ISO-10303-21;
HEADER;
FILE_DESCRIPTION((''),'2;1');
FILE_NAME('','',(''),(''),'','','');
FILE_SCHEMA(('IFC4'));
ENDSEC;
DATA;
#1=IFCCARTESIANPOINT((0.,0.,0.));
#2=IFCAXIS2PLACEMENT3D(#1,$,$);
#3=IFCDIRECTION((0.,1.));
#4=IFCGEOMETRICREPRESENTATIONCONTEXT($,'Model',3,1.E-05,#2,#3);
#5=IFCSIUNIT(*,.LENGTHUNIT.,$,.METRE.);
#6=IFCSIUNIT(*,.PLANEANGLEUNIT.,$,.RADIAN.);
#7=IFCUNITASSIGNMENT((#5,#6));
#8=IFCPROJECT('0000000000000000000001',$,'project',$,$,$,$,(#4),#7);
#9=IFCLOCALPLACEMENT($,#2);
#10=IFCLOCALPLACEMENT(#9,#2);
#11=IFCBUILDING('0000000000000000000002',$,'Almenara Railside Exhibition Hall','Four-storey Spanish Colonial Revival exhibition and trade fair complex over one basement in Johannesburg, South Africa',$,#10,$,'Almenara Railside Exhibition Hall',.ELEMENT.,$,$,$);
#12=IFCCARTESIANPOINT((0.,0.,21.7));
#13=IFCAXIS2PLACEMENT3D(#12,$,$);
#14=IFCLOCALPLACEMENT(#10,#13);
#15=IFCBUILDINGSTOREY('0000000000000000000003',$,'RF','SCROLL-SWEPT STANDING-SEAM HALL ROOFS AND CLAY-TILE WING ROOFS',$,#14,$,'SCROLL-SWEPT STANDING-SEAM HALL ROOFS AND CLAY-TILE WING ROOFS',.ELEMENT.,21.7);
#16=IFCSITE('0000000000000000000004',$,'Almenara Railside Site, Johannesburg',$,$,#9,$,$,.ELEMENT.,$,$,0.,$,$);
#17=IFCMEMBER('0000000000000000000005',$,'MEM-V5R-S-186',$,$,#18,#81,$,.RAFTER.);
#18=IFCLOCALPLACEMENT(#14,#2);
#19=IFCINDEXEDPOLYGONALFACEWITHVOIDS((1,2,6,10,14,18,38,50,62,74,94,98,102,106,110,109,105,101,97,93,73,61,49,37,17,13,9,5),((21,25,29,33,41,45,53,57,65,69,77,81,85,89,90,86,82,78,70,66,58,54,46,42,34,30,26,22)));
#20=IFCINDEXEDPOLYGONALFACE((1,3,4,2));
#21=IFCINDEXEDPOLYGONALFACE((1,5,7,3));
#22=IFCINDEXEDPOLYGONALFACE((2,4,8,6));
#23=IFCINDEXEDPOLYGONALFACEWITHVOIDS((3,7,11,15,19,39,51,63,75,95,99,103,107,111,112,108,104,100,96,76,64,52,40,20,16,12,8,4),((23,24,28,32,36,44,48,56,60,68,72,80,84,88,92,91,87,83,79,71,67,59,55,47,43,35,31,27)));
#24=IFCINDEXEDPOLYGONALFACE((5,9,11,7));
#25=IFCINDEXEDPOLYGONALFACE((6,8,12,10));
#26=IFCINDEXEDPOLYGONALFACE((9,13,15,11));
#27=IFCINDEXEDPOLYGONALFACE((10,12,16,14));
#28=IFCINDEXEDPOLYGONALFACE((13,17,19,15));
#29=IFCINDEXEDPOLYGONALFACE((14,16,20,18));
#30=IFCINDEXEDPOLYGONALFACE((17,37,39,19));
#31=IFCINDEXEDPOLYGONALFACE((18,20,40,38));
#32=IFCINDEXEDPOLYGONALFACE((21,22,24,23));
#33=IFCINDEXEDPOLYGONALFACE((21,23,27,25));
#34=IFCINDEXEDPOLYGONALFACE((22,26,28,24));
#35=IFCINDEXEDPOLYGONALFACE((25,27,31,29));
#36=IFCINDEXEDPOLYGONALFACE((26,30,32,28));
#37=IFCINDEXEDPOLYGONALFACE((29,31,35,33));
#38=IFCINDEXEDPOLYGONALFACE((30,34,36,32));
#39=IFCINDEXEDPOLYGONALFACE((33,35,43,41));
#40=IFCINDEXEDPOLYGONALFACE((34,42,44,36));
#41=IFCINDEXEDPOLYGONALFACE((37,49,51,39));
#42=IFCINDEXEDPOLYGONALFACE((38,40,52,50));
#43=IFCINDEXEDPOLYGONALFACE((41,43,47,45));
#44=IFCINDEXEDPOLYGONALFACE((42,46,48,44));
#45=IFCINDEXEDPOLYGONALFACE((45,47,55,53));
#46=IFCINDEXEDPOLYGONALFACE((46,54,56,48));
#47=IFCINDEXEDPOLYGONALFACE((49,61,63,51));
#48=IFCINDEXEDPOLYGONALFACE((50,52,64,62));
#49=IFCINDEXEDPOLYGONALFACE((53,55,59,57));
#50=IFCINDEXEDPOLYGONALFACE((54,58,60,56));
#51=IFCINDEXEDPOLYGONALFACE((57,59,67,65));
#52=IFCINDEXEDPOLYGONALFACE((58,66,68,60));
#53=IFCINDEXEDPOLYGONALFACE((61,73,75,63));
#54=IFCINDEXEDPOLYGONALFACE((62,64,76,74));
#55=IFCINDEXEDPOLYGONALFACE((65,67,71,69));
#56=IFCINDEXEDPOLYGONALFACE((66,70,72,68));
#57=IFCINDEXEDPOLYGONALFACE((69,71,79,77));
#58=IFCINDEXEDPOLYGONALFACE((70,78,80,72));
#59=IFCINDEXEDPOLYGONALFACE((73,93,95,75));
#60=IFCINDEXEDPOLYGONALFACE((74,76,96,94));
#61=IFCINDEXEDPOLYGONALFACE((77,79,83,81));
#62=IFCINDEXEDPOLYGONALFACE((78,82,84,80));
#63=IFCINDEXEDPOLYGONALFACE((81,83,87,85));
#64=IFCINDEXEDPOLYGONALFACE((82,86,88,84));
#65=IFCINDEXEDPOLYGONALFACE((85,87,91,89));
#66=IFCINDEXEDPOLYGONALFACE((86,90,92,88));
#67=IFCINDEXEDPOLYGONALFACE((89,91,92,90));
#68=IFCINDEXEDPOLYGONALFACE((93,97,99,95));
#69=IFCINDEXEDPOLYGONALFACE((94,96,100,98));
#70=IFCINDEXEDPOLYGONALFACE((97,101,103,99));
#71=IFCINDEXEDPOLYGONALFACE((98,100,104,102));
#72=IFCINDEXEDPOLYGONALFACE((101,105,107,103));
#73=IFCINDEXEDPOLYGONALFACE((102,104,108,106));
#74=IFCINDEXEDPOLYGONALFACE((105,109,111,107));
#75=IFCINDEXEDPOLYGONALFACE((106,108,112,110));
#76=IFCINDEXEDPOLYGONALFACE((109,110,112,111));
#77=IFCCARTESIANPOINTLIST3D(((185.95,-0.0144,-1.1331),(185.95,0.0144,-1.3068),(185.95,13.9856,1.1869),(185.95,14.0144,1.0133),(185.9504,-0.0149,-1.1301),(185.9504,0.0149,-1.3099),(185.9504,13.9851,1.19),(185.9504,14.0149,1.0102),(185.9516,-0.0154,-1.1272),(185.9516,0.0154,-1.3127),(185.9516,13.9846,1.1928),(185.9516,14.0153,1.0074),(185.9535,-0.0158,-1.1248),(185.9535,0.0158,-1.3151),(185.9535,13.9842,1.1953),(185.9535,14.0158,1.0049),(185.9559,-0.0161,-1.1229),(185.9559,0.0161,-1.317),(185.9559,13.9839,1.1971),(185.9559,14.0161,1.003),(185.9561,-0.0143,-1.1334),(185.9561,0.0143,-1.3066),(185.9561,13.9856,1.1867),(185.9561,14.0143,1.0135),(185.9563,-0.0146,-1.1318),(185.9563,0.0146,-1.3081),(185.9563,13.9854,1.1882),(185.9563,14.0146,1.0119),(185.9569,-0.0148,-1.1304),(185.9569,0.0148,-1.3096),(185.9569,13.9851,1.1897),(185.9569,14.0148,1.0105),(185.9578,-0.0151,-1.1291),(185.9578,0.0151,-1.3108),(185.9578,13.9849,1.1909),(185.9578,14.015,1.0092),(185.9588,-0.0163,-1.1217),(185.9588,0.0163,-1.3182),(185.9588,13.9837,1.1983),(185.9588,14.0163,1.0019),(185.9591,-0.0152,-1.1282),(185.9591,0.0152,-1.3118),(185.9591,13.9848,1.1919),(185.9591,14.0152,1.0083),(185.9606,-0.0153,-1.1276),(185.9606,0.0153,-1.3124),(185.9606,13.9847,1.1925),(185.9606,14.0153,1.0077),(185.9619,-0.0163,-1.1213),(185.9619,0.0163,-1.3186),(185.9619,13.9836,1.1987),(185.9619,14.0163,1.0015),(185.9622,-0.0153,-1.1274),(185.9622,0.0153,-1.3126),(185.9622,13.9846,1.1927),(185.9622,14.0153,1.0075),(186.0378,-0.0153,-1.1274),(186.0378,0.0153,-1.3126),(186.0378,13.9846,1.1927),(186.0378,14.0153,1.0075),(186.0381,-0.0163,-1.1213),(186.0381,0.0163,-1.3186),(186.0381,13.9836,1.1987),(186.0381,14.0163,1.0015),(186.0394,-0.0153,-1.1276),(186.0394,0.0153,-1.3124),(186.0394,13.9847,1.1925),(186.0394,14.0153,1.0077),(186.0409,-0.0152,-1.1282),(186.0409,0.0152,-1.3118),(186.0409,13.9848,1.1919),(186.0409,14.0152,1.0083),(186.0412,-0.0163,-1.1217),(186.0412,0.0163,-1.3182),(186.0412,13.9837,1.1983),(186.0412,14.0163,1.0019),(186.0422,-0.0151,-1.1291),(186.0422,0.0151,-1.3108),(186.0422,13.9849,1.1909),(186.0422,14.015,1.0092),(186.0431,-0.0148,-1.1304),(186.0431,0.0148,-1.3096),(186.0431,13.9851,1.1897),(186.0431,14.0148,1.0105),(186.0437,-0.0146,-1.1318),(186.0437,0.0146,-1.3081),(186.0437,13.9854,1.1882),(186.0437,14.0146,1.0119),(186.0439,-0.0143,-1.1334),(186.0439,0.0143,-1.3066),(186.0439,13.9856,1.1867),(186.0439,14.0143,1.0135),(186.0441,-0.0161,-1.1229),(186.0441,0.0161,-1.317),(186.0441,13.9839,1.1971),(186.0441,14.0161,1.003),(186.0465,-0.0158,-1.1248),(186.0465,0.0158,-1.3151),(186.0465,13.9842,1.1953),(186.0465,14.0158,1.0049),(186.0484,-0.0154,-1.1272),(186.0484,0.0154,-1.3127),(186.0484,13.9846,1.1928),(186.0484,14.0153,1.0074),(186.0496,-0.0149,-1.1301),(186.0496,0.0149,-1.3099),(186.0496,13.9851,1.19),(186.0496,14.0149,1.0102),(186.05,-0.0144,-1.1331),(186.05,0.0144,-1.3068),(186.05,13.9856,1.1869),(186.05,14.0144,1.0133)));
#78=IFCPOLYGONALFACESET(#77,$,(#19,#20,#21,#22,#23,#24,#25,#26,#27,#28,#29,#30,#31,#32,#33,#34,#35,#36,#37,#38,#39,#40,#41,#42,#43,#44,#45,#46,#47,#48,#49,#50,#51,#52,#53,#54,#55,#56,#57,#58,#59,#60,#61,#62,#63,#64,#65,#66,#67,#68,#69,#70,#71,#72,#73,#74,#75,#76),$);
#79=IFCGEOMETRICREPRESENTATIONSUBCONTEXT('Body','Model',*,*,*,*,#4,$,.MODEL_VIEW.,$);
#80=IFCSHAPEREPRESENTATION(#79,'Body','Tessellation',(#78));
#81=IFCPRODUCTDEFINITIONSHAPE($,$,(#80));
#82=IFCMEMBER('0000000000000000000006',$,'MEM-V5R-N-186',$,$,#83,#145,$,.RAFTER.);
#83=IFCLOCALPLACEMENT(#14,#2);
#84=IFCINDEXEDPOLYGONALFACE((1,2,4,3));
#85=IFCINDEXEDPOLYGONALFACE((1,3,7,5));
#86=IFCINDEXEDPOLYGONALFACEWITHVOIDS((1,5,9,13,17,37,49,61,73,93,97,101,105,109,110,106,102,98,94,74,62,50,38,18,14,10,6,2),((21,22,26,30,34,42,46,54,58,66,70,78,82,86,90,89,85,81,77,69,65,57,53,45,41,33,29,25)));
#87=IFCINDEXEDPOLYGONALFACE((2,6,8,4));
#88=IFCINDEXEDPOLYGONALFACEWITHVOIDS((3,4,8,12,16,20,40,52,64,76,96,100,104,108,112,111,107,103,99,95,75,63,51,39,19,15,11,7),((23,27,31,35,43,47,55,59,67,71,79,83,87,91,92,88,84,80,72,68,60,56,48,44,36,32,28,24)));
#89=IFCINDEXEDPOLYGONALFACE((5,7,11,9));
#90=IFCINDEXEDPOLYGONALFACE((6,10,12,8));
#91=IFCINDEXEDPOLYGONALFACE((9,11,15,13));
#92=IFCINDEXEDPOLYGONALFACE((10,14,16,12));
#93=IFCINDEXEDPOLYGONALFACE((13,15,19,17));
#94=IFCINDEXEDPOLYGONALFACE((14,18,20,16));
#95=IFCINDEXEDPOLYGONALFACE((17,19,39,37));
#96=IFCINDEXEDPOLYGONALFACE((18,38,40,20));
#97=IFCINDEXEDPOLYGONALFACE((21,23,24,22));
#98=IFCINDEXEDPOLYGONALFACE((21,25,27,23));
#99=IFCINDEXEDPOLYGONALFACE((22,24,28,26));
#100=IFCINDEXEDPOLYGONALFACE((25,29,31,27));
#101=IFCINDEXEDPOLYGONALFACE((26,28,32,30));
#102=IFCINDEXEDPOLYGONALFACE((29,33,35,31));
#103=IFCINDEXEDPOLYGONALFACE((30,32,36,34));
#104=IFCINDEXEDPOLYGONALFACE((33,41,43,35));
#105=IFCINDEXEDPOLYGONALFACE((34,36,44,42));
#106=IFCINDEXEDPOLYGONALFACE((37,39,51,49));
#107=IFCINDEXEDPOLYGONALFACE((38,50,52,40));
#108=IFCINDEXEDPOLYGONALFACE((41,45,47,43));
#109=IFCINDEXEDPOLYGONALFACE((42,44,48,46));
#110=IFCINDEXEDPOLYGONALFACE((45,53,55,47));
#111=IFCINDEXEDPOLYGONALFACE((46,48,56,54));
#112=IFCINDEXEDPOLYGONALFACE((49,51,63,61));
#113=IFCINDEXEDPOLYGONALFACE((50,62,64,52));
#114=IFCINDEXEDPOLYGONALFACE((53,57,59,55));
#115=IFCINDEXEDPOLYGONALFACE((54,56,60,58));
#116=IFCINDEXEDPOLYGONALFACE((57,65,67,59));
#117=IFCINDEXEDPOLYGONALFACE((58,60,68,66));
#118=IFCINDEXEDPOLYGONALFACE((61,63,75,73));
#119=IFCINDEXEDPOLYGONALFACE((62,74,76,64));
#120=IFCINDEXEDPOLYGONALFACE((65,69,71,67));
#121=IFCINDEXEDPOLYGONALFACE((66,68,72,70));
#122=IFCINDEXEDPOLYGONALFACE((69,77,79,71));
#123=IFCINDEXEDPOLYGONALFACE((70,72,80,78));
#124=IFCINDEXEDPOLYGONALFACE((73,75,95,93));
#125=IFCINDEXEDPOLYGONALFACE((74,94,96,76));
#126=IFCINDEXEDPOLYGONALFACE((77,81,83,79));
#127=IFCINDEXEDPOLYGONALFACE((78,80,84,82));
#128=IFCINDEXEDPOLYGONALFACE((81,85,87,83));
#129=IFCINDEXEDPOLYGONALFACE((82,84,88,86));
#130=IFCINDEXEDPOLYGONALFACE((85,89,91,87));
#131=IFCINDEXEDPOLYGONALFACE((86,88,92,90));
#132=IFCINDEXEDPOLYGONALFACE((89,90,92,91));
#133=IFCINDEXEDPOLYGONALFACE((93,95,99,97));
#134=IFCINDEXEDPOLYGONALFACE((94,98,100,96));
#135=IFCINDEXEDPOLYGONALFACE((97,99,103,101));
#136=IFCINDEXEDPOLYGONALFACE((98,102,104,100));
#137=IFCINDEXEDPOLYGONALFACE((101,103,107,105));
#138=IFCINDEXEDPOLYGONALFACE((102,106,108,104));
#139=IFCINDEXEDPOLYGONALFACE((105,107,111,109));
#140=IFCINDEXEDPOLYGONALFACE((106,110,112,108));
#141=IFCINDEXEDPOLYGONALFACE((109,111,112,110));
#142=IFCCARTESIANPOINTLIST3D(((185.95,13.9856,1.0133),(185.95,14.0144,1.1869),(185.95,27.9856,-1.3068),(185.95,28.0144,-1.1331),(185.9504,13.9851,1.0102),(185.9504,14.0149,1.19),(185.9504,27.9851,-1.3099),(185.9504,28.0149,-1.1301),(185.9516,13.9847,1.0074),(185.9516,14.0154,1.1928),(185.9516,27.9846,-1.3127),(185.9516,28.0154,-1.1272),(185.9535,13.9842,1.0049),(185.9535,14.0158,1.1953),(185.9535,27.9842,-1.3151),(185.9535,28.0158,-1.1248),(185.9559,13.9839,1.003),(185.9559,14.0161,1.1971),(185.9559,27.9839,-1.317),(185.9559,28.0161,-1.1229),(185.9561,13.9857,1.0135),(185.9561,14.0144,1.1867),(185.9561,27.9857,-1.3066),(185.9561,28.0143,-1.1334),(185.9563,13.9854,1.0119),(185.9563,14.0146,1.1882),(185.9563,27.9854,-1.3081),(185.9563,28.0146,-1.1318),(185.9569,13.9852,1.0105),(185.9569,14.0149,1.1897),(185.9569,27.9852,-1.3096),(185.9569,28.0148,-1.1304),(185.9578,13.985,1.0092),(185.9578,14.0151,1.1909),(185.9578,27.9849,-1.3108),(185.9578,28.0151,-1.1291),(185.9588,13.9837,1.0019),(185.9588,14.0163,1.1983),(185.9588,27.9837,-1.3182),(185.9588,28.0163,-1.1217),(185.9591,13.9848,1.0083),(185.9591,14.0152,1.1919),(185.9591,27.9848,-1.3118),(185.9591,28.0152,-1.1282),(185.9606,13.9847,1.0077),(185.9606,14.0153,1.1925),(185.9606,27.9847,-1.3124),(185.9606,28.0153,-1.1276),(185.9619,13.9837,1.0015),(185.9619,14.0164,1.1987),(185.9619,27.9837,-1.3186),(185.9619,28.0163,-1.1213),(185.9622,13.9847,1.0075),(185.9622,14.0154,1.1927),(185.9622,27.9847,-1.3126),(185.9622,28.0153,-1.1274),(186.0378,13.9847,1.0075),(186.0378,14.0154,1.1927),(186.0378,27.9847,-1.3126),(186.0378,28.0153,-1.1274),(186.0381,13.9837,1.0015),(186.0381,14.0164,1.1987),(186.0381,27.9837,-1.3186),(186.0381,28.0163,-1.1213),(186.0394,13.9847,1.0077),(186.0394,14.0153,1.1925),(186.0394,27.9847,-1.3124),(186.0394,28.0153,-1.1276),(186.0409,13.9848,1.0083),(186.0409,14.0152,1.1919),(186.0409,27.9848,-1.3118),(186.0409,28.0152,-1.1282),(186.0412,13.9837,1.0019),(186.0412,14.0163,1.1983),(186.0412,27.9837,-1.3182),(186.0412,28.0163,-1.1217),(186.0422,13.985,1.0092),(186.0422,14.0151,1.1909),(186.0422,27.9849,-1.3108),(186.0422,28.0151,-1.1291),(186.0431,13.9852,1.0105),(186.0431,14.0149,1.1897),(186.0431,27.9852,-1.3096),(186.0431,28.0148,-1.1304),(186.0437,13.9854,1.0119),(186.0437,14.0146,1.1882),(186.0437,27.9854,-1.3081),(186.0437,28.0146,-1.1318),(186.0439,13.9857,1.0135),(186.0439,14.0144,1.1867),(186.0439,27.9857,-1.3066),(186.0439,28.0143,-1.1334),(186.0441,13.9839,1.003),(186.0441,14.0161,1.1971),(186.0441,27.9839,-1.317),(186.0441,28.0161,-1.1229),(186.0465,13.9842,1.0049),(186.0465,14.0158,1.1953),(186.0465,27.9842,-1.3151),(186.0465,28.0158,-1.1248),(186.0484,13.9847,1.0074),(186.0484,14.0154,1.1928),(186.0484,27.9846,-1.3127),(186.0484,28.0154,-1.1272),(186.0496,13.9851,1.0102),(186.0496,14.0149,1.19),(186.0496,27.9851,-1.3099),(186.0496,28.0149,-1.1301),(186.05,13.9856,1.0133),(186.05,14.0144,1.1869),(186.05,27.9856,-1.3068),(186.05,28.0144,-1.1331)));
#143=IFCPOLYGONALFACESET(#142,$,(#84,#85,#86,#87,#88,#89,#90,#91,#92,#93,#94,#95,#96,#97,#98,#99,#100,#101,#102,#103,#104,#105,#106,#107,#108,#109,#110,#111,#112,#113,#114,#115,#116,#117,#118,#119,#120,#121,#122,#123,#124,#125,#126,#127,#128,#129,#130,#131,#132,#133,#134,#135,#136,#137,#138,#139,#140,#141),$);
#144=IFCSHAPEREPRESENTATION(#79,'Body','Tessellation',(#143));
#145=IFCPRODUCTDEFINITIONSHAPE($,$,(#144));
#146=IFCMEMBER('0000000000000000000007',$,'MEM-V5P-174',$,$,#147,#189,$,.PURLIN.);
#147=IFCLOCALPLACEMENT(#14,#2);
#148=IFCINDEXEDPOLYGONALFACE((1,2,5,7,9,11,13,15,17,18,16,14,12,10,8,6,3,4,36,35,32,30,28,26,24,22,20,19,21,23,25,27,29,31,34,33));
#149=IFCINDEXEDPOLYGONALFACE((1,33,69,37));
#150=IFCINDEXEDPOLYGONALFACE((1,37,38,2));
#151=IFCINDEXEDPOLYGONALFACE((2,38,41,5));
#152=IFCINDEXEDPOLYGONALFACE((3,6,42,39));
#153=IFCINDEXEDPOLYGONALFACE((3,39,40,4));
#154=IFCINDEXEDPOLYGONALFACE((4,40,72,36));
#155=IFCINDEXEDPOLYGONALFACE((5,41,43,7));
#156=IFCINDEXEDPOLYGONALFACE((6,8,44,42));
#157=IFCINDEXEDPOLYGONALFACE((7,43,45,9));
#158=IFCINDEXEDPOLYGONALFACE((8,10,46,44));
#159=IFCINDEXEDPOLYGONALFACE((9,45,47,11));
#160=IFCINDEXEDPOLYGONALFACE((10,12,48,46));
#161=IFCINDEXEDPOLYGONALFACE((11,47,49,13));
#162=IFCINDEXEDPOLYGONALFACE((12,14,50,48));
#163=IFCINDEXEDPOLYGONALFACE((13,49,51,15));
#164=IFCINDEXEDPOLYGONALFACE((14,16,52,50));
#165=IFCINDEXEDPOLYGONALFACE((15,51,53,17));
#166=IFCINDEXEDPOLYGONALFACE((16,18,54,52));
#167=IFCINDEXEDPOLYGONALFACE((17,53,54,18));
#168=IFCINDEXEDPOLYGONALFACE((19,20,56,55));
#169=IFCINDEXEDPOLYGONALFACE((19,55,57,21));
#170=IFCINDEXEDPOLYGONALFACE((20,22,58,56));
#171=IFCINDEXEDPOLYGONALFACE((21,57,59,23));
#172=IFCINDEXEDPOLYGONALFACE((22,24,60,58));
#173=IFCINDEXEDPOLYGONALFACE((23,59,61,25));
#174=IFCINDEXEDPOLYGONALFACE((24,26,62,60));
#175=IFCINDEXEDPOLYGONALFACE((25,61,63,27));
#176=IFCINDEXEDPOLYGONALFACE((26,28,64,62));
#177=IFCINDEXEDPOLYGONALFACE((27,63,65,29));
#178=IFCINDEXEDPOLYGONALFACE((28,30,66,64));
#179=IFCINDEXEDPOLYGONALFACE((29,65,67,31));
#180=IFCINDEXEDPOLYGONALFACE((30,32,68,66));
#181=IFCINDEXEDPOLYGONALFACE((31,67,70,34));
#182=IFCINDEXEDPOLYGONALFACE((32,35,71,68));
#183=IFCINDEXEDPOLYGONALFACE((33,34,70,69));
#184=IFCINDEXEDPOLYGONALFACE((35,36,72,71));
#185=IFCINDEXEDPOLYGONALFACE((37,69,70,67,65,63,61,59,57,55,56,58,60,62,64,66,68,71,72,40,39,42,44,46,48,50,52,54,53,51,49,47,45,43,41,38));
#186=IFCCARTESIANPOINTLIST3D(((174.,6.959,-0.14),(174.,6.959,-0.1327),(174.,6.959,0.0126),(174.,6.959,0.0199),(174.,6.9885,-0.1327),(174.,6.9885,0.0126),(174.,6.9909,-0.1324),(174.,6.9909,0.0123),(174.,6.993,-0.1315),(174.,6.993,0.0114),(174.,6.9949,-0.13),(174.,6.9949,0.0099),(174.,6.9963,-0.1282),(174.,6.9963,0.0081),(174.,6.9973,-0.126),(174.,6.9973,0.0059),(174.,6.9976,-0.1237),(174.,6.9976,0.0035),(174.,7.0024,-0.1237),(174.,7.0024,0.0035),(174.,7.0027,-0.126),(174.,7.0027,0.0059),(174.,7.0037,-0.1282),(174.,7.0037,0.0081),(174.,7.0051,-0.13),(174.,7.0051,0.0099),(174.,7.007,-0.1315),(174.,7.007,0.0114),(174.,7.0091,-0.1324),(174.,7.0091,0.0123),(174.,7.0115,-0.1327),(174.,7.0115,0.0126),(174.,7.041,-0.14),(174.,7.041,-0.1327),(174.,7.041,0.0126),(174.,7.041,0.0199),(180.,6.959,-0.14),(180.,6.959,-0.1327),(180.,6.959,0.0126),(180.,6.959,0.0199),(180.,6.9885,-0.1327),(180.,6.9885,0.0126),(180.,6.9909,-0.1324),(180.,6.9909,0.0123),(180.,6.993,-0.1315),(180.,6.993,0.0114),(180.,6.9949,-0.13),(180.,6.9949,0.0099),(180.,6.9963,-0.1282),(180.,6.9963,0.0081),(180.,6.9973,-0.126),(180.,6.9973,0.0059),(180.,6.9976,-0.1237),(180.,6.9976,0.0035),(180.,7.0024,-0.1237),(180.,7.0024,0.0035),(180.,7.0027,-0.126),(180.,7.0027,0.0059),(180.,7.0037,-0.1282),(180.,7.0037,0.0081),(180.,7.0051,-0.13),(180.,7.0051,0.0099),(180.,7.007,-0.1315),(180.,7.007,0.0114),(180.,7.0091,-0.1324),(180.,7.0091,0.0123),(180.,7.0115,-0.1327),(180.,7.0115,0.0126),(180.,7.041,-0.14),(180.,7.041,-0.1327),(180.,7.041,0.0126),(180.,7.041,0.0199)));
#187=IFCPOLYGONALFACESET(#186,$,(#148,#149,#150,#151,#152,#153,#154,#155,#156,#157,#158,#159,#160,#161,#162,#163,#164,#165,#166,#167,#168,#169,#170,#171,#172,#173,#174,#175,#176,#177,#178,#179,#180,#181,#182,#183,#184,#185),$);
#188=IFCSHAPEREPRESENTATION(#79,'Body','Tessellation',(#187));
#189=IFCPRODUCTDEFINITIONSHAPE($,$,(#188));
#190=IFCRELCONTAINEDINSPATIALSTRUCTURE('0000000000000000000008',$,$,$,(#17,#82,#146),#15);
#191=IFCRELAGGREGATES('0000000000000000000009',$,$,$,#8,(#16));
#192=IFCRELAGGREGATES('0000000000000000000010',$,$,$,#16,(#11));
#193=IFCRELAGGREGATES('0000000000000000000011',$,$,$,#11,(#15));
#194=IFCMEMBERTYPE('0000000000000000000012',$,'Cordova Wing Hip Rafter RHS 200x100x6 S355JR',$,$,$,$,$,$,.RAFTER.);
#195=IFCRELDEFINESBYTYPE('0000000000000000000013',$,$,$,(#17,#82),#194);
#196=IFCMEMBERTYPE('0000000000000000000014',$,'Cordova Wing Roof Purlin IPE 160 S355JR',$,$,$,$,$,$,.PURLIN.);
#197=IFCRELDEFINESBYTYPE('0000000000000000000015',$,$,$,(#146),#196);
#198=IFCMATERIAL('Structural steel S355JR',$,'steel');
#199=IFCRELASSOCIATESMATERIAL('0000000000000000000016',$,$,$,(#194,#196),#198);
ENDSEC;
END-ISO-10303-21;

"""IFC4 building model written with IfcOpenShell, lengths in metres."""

from ifc_helpers import new_model, si_unit, direction, frame, origin, origin_2d, place, context, subcontext, project, spatial, hollow_rectangle, i_section, extrude, material, material_profile, profile_set, type_object, element, save


model = new_model("IFC4")

# Units and contexts
model_context = context("Model", 3, precision=1e-05, world=origin(), true_north=direction((0.0, 1.0)))
body_context = subcontext(model_context, "Body", "Model", "MODEL_VIEW")
ifc_project = project(units=[si_unit("LENGTHUNIT", "METRE"), si_unit("PLANEANGLEUNIT", "RADIAN")], contexts=[model_context])

# Site, building, storey
site_placement = place(None, origin())
site = spatial("IfcSite", under=ifc_project, at=site_placement, Name="Almenara Railside Site, Johannesburg", CompositionType="ELEMENT", RefElevation=0.0)
building_placement = place(site_placement, origin())
building = spatial("IfcBuilding", under=site, at=building_placement, Name="Almenara Railside Exhibition Hall", Description="Four-storey Spanish Colonial Revival exhibition and trade fair complex over one basement in Johannesburg, South Africa", LongName="Almenara Railside Exhibition Hall", CompositionType="ELEMENT")
storey_placement = place(building_placement, frame((0.0, 0.0, 21.7)))
storey = spatial("IfcBuildingStorey", under=building, at=storey_placement, Name="RF", Description="SCROLL-SWEPT STANDING-SEAM HALL ROOFS AND CLAY-TILE WING ROOFS", LongName="SCROLL-SWEPT STANDING-SEAM HALL ROOFS AND CLAY-TILE WING ROOFS", CompositionType="ELEMENT", Elevation=21.7)

# Members
ifc_material_1 = material(Name="Structural steel S355JR", Category="steel")
ifc_material_profile_1 = material_profile(ifc_material_1, hollow_rectangle(XDim=0.1001, YDim=0.2, WallThickness=0.0061, InnerFilletRadius=0.0061, OuterFilletRadius=0.012, at=origin_2d()), Name="RHS 200x100x6")
ifc_profile_set_1 = profile_set([ifc_material_profile_1], Name="Structural steel S355JR")
member_type_1 = type_object("IfcMemberType", Name="Cordova Wing Hip Rafter RHS 200x100x6 S355JR", PredefinedType="RAFTER", material=ifc_profile_set_1)
for number, where, z_axis, x_axis, name in (
    (1, (186.0, 0.0, -1.22), (0.0, 0.986545, 0.163489), (-1.0, 0.0, 0.0), "MEM-V5R-S-186"),
    (2, (186.0, 28.0, -1.22), (0.0, -0.986545, 0.163489), (1.0, 0.0, 0.0), "MEM-V5R-N-186"),
):
    element("IfcMember", number, at=place(storey_placement, frame(where, z_axis=z_axis, x_axis=x_axis)), inside=storey, type_object=member_type_1, Name=name, PredefinedType="RAFTER", context=body_context, shape_type="SweptSolid", body=[
        extrude(hollow_rectangle(XDim=0.1001, YDim=0.2, WallThickness=0.0061, InnerFilletRadius=0.0061, OuterFilletRadius=0.012, at=origin_2d()), origin(), (0.0, 0.0, 1.0), 14.1909),
    ])
ifc_material_profile_2 = material_profile(ifc_material_1, i_section(OverallWidth=0.082, OverallDepth=0.1599, WebThickness=0.0049, FlangeThickness=0.0073, FilletRadius=0.009, at=origin_2d()), Name="IPE 160")
ifc_profile_set_2 = profile_set([ifc_material_profile_2], Name="Structural steel S355JR")
member_type_2 = type_object("IfcMemberType", Name="Cordova Wing Roof Purlin IPE 160 S355JR", PredefinedType="PURLIN", material=ifc_profile_set_2)
for number, where, z_axis, x_axis, name in (
    (3, (174.0, 7.0, -0.0601), (1.0, 0.0, 0.0), (0.0, 1.0, 0.0), "MEM-V5P-174"),
):
    element("IfcMember", number, at=place(storey_placement, frame(where, z_axis=z_axis, x_axis=x_axis)), inside=storey, type_object=member_type_2, Name=name, PredefinedType="PURLIN", context=body_context, shape_type="SweptSolid", body=[
        extrude(i_section(OverallWidth=0.082, OverallDepth=0.1599, WebThickness=0.0049, FlangeThickness=0.0073, FilletRadius=0.009, at=origin_2d()), origin(), (0.0, 0.0, 1.0), 6.0),
    ])

save(model, "model.ifc")
